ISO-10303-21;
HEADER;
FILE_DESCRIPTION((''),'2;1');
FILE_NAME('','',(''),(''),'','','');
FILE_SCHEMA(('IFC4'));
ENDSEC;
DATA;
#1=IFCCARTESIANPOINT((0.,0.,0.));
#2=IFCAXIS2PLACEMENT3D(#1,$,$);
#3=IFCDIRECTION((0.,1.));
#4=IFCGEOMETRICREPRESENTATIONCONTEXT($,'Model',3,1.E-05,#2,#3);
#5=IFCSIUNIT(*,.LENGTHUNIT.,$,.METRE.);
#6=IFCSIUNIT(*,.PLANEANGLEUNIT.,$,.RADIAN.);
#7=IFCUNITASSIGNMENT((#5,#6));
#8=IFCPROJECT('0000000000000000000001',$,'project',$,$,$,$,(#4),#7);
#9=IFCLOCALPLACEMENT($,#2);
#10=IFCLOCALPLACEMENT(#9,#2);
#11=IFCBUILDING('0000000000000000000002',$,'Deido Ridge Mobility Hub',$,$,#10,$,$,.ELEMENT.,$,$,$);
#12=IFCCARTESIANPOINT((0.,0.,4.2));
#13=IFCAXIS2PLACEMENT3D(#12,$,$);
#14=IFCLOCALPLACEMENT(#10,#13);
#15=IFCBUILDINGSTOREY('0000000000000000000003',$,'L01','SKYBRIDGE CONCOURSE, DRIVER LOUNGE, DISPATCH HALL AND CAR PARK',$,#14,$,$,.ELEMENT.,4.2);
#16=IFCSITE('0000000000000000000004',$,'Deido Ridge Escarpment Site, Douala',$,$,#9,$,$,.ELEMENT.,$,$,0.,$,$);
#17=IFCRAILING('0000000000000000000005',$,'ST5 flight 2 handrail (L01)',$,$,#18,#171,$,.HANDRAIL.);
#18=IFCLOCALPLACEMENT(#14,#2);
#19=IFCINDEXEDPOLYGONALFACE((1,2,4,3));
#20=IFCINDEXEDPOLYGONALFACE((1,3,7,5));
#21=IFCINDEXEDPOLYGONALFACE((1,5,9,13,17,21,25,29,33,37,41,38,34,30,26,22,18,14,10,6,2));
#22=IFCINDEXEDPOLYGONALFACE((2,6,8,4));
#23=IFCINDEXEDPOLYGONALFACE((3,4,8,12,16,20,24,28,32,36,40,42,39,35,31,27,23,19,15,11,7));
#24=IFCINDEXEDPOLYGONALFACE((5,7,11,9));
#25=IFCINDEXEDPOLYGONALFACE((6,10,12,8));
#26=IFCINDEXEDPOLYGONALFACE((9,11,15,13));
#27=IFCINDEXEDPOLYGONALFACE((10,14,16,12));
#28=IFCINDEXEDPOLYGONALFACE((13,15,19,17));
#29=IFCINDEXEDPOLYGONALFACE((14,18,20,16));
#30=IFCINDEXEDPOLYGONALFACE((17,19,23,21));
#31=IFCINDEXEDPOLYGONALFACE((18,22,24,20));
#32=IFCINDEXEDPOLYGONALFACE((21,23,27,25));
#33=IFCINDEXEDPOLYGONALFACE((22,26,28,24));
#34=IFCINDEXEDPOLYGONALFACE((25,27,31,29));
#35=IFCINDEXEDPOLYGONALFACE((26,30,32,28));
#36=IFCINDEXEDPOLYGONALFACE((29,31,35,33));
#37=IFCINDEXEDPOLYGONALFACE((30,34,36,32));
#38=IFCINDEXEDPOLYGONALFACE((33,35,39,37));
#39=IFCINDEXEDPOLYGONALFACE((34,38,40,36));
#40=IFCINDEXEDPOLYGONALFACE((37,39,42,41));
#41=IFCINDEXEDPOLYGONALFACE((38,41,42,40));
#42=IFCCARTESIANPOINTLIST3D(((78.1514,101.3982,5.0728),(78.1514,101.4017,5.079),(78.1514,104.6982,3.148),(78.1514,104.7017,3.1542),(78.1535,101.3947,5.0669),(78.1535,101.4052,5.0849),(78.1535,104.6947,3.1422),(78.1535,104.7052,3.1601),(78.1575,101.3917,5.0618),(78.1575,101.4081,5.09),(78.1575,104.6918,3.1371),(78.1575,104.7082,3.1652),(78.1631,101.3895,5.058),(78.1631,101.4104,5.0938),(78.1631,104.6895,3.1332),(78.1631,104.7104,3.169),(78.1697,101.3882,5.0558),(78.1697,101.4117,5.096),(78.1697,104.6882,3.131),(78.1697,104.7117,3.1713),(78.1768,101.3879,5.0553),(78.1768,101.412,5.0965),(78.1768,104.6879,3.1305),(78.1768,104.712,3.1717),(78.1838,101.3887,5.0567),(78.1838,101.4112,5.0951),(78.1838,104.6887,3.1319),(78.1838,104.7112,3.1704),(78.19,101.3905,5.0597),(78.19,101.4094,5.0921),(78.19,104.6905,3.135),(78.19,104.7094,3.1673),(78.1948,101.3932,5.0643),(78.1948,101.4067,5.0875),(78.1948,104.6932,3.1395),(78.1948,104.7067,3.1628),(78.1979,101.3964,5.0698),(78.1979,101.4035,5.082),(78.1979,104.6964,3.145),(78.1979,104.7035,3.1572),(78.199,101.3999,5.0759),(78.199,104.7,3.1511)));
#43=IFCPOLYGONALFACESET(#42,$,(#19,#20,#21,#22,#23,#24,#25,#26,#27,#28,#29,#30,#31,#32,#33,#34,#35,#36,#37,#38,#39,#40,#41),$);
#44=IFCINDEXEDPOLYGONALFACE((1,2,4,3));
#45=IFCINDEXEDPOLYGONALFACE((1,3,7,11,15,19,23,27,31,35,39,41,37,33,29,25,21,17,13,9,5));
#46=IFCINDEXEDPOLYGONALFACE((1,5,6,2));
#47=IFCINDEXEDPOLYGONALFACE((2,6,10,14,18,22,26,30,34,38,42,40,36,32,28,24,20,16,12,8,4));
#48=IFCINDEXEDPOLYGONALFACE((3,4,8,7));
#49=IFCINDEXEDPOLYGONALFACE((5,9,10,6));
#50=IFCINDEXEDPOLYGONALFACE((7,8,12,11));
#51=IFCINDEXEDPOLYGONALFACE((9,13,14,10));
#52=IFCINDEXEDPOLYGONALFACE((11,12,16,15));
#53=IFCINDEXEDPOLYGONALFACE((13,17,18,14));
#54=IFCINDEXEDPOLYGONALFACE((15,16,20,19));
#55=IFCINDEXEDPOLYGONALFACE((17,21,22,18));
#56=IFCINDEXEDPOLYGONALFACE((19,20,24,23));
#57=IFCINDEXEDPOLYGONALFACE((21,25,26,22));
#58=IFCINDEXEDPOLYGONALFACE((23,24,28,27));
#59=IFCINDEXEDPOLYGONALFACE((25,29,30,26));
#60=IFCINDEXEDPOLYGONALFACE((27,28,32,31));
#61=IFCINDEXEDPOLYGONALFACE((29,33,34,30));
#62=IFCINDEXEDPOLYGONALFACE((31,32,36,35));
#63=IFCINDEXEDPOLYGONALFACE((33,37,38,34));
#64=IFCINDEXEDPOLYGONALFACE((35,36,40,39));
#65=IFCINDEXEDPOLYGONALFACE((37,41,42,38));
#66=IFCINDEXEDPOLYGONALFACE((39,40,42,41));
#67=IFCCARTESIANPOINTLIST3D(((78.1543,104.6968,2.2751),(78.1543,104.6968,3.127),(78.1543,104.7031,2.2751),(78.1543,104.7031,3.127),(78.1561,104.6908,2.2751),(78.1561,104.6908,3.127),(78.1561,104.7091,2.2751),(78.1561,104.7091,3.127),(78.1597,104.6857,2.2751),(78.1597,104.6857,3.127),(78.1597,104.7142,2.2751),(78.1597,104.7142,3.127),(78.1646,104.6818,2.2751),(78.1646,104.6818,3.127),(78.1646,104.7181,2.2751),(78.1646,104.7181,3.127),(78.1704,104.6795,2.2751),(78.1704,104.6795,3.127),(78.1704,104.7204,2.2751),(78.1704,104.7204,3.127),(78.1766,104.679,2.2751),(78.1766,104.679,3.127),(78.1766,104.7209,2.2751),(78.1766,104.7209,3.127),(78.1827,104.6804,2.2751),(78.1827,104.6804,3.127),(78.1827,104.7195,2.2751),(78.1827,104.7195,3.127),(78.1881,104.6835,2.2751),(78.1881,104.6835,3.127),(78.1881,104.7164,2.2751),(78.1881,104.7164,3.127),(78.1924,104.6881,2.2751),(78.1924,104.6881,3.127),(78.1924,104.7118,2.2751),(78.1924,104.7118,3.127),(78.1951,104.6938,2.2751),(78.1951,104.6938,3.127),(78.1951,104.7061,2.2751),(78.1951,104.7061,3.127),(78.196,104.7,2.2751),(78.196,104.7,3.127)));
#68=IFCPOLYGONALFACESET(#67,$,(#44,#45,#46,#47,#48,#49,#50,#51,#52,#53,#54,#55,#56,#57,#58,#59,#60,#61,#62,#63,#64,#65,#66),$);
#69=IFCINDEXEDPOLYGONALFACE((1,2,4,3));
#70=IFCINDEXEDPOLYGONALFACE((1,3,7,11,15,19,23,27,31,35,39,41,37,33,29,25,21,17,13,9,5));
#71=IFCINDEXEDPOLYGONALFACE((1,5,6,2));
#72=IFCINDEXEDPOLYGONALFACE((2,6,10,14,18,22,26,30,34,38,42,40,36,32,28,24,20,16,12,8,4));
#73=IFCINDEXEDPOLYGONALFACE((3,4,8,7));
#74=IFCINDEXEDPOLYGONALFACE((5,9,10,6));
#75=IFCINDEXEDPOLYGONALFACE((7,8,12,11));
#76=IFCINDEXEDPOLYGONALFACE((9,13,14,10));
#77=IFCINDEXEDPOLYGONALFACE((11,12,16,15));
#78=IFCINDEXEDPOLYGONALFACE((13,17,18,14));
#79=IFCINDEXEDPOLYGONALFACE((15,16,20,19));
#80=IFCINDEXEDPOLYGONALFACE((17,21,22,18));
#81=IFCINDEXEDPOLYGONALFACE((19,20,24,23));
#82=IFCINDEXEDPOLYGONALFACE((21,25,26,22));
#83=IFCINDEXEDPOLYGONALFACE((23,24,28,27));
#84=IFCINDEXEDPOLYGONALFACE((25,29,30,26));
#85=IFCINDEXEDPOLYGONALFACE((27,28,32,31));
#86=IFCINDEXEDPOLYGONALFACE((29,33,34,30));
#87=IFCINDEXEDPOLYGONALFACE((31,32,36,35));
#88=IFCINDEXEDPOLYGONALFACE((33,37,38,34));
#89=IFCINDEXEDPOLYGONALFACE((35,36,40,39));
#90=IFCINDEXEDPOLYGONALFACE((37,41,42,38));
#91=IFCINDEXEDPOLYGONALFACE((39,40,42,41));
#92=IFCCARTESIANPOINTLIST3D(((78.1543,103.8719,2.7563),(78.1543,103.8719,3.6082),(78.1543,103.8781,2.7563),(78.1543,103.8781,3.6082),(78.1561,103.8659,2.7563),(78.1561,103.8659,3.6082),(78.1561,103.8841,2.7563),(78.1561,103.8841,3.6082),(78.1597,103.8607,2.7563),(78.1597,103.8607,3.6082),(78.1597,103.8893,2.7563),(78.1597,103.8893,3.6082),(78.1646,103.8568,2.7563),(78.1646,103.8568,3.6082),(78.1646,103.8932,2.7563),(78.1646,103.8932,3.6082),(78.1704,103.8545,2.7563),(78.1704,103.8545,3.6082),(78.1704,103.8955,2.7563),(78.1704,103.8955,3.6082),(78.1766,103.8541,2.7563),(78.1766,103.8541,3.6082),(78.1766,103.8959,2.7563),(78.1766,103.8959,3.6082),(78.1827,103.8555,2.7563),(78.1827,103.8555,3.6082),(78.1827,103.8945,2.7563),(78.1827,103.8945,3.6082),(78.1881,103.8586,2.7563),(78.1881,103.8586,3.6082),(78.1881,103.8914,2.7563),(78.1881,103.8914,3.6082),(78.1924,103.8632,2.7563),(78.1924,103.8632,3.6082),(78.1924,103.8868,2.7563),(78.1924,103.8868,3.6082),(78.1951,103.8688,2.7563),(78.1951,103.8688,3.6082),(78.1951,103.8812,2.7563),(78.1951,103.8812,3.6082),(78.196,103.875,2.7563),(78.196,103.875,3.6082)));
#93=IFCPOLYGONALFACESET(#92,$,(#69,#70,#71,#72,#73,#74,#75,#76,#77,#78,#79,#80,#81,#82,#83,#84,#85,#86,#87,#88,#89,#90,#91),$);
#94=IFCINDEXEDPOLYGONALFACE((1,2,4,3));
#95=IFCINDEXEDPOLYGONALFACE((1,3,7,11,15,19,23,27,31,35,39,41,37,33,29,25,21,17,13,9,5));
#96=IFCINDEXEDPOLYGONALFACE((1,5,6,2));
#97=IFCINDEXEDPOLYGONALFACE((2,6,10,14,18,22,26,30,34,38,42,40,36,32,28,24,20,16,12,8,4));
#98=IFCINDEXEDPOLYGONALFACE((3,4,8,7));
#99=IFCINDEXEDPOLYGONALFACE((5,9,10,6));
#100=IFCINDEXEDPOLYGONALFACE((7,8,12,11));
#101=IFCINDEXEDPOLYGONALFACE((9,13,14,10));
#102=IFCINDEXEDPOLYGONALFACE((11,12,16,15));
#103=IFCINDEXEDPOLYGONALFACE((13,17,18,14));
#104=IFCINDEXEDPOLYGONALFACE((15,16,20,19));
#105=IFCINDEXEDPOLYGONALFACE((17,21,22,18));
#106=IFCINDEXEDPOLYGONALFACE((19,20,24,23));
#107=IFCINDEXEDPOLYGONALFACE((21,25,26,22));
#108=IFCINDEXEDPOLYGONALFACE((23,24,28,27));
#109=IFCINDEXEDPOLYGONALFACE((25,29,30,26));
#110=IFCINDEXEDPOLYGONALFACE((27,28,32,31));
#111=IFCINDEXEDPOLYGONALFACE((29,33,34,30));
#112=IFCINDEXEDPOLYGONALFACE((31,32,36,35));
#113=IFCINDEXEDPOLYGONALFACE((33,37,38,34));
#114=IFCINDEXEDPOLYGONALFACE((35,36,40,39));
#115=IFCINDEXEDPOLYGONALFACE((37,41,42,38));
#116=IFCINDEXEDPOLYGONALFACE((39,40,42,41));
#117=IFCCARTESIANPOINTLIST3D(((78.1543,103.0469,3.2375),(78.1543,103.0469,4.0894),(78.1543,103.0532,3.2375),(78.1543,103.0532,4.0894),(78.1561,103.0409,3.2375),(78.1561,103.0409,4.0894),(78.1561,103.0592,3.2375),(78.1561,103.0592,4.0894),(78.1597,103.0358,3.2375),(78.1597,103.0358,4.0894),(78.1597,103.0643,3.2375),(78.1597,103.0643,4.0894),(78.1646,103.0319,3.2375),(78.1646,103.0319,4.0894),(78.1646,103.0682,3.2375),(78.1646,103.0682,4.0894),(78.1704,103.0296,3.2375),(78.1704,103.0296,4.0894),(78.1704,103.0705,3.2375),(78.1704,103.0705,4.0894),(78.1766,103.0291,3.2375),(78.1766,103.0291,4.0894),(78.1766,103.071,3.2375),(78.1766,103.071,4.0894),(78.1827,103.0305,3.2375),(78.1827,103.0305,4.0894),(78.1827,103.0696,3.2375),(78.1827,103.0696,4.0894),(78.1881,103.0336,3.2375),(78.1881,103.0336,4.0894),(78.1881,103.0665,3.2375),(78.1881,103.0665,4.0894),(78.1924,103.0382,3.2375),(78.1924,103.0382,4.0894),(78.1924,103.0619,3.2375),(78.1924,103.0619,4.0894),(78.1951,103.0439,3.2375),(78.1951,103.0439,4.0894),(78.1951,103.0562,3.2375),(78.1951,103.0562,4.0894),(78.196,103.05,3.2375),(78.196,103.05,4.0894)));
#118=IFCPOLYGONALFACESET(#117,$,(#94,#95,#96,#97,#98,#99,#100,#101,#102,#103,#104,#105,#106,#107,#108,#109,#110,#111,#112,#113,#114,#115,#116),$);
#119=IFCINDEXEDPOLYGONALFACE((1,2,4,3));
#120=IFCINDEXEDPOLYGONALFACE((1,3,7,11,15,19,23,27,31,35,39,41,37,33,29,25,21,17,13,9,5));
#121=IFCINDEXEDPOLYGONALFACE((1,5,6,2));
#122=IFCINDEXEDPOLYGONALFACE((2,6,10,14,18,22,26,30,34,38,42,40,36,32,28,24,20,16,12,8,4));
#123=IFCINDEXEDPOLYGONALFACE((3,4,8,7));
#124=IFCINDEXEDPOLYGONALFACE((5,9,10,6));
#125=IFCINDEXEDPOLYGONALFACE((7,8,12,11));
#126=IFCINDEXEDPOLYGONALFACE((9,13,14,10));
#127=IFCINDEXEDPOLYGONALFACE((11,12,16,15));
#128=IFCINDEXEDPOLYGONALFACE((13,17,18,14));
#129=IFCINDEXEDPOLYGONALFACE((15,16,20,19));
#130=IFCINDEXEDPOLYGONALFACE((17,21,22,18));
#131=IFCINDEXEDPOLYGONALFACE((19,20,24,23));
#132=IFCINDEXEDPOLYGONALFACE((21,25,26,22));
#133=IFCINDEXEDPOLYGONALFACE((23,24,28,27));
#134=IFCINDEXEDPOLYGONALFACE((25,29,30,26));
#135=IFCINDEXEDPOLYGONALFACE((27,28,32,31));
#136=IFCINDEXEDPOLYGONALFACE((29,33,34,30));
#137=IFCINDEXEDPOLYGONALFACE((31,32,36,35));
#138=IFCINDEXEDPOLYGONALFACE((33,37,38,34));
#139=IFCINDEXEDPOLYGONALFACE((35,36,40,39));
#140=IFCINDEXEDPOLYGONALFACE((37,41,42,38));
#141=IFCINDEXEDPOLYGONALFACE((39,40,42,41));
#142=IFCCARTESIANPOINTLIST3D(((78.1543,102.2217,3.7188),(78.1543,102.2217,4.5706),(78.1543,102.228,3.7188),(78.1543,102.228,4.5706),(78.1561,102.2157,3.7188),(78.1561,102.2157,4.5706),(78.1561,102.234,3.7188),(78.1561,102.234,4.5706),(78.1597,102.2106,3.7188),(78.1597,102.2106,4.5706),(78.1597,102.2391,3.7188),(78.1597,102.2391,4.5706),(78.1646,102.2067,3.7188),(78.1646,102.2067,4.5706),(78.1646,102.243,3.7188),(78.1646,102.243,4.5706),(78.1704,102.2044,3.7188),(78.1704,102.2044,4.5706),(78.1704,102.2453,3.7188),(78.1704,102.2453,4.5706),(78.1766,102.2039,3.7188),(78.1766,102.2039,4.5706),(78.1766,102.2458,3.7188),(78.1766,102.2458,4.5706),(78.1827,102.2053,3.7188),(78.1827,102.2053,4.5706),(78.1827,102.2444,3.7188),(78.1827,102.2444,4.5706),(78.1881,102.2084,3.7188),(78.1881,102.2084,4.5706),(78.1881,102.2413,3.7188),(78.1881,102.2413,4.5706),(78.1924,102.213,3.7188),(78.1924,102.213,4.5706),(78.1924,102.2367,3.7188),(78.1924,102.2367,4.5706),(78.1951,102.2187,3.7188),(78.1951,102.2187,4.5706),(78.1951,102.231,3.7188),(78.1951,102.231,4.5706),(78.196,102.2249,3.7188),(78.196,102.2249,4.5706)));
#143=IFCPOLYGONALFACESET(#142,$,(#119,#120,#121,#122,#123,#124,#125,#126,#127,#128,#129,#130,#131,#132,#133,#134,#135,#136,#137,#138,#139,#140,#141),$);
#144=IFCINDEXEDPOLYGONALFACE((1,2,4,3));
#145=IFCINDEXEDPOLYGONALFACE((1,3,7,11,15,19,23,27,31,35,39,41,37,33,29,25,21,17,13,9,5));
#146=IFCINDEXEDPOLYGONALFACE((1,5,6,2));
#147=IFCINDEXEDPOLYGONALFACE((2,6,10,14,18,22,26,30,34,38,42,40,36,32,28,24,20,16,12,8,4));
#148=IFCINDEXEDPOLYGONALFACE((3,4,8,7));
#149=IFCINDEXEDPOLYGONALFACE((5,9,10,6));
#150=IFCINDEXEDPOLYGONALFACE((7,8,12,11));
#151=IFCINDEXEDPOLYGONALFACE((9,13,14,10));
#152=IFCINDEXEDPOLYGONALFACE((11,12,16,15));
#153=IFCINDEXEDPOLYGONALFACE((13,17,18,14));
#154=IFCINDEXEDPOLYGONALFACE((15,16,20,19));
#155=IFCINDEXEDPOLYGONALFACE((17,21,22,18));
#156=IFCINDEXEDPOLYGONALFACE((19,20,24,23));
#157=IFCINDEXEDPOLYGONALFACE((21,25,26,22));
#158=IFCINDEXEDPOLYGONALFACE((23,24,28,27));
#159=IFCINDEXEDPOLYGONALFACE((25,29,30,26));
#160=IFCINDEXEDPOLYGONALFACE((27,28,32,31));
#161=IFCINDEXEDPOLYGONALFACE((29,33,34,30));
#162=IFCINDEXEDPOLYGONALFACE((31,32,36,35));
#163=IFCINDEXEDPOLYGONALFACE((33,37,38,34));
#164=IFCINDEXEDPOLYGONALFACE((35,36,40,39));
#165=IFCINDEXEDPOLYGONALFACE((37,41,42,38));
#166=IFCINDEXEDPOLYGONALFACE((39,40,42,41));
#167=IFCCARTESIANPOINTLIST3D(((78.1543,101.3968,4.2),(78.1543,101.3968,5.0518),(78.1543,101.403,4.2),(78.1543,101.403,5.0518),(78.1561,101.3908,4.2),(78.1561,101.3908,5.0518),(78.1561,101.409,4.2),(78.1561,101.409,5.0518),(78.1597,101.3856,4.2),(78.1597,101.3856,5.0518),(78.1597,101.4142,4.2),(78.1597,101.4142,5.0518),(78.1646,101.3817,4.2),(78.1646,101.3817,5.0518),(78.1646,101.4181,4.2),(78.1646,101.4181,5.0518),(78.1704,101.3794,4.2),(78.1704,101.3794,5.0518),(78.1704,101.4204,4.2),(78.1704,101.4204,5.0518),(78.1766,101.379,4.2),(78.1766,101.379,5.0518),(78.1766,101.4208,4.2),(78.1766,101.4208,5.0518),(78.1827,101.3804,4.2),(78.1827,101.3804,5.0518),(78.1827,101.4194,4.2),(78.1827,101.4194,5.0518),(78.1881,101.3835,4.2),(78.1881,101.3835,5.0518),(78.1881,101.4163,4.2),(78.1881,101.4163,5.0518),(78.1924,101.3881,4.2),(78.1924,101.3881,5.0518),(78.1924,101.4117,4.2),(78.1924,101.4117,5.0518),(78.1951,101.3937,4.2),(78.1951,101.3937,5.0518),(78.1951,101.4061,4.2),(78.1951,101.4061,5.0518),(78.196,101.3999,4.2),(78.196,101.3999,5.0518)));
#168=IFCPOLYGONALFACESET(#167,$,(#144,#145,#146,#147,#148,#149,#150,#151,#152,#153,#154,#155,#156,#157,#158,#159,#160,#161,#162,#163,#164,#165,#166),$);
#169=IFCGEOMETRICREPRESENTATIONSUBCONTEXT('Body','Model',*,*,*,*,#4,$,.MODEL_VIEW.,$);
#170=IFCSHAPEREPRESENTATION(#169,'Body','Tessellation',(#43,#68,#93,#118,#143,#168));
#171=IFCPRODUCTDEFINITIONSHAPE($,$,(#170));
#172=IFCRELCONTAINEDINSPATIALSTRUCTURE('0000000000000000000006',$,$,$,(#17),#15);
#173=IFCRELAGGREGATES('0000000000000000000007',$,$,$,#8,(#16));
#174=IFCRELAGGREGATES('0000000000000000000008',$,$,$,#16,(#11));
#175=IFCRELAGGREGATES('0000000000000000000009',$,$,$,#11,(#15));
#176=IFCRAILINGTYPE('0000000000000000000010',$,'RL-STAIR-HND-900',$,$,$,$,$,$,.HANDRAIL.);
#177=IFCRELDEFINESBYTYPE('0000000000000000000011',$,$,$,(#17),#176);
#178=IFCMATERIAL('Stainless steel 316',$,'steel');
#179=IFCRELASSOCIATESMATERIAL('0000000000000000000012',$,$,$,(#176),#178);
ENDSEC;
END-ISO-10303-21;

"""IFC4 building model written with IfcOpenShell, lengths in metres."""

from ifc_helpers import new_model, si_unit, direction, frame, origin, origin_2d, place, context, subcontext, project, spatial, circle, extrude, material, type_object, element, save


model = new_model("IFC4")

# Units and contexts
model_context = context("Model", 3, precision=1e-05, world=origin(), true_north=direction((0.0, 1.0)))
body_context = subcontext(model_context, "Body", "Model", "MODEL_VIEW")
ifc_project = project(units=[si_unit("LENGTHUNIT", "METRE"), si_unit("PLANEANGLEUNIT", "RADIAN")], contexts=[model_context])

# Site, building, storey
site_placement = place(None, origin())
site = spatial("IfcSite", under=ifc_project, at=site_placement, Name="Deido Ridge Escarpment Site, Douala", CompositionType="ELEMENT", RefElevation=0.0)
building_placement = place(site_placement, origin())
building = spatial("IfcBuilding", under=site, at=building_placement, Name="Deido Ridge Mobility Hub", CompositionType="ELEMENT")
storey_placement = place(building_placement, frame((0.0, 0.0, 4.2)))
storey = spatial("IfcBuildingStorey", under=building, at=storey_placement, Name="L01", Description="SKYBRIDGE CONCOURSE, DRIVER LOUNGE, DISPATCH HALL AND CAR PARK", CompositionType="ELEMENT", Elevation=4.2)

# Shared definitions
ifc_material_1 = material(Name="Stainless steel 316", Category="steel")

# Railing
railing_type_1 = type_object("IfcRailingType", Name="RL-STAIR-HND-900", PredefinedType="HANDRAIL", material=ifc_material_1)
railing_1_placement = place(storey_placement, frame((78.175, 104.7, 2.2751)))
element("IfcRailing", 1, at=railing_1_placement, inside=storey, type_object=railing_type_1, Name="ST5 flight 2 handrail (L01)", PredefinedType="HANDRAIL", context=body_context, shape_type="SweptSolid", body=[
    extrude(circle(Radius=0.0239, at=origin_2d()), frame((0.0, 0.0, 0.876), z_axis=(0.0, -0.863804, 0.503827), x_axis=(1.0, 0.0, 0.0)), (0.0, 0.0, 1.0), 3.8203),
    extrude(circle(Radius=0.021, at=origin_2d()), origin(), (0.0, 0.0, 1.0), 0.8518),
    extrude(circle(Radius=0.021, at=origin_2d()), frame((0.0, -0.825, 0.4812)), (0.0, 0.0, 1.0), 0.8518),
    extrude(circle(Radius=0.021, at=origin_2d()), frame((0.0, -1.6499, 0.9624)), (0.0, 0.0, 1.0), 0.8518),
    extrude(circle(Radius=0.021, at=origin_2d()), frame((0.0, -2.4751, 1.4436)), (0.0, 0.0, 1.0), 0.8518),
    extrude(circle(Radius=0.021, at=origin_2d()), frame((0.0, -3.3, 1.9248)), (0.0, 0.0, 1.0), 0.8518),
])

save(model, "model.ifc")
